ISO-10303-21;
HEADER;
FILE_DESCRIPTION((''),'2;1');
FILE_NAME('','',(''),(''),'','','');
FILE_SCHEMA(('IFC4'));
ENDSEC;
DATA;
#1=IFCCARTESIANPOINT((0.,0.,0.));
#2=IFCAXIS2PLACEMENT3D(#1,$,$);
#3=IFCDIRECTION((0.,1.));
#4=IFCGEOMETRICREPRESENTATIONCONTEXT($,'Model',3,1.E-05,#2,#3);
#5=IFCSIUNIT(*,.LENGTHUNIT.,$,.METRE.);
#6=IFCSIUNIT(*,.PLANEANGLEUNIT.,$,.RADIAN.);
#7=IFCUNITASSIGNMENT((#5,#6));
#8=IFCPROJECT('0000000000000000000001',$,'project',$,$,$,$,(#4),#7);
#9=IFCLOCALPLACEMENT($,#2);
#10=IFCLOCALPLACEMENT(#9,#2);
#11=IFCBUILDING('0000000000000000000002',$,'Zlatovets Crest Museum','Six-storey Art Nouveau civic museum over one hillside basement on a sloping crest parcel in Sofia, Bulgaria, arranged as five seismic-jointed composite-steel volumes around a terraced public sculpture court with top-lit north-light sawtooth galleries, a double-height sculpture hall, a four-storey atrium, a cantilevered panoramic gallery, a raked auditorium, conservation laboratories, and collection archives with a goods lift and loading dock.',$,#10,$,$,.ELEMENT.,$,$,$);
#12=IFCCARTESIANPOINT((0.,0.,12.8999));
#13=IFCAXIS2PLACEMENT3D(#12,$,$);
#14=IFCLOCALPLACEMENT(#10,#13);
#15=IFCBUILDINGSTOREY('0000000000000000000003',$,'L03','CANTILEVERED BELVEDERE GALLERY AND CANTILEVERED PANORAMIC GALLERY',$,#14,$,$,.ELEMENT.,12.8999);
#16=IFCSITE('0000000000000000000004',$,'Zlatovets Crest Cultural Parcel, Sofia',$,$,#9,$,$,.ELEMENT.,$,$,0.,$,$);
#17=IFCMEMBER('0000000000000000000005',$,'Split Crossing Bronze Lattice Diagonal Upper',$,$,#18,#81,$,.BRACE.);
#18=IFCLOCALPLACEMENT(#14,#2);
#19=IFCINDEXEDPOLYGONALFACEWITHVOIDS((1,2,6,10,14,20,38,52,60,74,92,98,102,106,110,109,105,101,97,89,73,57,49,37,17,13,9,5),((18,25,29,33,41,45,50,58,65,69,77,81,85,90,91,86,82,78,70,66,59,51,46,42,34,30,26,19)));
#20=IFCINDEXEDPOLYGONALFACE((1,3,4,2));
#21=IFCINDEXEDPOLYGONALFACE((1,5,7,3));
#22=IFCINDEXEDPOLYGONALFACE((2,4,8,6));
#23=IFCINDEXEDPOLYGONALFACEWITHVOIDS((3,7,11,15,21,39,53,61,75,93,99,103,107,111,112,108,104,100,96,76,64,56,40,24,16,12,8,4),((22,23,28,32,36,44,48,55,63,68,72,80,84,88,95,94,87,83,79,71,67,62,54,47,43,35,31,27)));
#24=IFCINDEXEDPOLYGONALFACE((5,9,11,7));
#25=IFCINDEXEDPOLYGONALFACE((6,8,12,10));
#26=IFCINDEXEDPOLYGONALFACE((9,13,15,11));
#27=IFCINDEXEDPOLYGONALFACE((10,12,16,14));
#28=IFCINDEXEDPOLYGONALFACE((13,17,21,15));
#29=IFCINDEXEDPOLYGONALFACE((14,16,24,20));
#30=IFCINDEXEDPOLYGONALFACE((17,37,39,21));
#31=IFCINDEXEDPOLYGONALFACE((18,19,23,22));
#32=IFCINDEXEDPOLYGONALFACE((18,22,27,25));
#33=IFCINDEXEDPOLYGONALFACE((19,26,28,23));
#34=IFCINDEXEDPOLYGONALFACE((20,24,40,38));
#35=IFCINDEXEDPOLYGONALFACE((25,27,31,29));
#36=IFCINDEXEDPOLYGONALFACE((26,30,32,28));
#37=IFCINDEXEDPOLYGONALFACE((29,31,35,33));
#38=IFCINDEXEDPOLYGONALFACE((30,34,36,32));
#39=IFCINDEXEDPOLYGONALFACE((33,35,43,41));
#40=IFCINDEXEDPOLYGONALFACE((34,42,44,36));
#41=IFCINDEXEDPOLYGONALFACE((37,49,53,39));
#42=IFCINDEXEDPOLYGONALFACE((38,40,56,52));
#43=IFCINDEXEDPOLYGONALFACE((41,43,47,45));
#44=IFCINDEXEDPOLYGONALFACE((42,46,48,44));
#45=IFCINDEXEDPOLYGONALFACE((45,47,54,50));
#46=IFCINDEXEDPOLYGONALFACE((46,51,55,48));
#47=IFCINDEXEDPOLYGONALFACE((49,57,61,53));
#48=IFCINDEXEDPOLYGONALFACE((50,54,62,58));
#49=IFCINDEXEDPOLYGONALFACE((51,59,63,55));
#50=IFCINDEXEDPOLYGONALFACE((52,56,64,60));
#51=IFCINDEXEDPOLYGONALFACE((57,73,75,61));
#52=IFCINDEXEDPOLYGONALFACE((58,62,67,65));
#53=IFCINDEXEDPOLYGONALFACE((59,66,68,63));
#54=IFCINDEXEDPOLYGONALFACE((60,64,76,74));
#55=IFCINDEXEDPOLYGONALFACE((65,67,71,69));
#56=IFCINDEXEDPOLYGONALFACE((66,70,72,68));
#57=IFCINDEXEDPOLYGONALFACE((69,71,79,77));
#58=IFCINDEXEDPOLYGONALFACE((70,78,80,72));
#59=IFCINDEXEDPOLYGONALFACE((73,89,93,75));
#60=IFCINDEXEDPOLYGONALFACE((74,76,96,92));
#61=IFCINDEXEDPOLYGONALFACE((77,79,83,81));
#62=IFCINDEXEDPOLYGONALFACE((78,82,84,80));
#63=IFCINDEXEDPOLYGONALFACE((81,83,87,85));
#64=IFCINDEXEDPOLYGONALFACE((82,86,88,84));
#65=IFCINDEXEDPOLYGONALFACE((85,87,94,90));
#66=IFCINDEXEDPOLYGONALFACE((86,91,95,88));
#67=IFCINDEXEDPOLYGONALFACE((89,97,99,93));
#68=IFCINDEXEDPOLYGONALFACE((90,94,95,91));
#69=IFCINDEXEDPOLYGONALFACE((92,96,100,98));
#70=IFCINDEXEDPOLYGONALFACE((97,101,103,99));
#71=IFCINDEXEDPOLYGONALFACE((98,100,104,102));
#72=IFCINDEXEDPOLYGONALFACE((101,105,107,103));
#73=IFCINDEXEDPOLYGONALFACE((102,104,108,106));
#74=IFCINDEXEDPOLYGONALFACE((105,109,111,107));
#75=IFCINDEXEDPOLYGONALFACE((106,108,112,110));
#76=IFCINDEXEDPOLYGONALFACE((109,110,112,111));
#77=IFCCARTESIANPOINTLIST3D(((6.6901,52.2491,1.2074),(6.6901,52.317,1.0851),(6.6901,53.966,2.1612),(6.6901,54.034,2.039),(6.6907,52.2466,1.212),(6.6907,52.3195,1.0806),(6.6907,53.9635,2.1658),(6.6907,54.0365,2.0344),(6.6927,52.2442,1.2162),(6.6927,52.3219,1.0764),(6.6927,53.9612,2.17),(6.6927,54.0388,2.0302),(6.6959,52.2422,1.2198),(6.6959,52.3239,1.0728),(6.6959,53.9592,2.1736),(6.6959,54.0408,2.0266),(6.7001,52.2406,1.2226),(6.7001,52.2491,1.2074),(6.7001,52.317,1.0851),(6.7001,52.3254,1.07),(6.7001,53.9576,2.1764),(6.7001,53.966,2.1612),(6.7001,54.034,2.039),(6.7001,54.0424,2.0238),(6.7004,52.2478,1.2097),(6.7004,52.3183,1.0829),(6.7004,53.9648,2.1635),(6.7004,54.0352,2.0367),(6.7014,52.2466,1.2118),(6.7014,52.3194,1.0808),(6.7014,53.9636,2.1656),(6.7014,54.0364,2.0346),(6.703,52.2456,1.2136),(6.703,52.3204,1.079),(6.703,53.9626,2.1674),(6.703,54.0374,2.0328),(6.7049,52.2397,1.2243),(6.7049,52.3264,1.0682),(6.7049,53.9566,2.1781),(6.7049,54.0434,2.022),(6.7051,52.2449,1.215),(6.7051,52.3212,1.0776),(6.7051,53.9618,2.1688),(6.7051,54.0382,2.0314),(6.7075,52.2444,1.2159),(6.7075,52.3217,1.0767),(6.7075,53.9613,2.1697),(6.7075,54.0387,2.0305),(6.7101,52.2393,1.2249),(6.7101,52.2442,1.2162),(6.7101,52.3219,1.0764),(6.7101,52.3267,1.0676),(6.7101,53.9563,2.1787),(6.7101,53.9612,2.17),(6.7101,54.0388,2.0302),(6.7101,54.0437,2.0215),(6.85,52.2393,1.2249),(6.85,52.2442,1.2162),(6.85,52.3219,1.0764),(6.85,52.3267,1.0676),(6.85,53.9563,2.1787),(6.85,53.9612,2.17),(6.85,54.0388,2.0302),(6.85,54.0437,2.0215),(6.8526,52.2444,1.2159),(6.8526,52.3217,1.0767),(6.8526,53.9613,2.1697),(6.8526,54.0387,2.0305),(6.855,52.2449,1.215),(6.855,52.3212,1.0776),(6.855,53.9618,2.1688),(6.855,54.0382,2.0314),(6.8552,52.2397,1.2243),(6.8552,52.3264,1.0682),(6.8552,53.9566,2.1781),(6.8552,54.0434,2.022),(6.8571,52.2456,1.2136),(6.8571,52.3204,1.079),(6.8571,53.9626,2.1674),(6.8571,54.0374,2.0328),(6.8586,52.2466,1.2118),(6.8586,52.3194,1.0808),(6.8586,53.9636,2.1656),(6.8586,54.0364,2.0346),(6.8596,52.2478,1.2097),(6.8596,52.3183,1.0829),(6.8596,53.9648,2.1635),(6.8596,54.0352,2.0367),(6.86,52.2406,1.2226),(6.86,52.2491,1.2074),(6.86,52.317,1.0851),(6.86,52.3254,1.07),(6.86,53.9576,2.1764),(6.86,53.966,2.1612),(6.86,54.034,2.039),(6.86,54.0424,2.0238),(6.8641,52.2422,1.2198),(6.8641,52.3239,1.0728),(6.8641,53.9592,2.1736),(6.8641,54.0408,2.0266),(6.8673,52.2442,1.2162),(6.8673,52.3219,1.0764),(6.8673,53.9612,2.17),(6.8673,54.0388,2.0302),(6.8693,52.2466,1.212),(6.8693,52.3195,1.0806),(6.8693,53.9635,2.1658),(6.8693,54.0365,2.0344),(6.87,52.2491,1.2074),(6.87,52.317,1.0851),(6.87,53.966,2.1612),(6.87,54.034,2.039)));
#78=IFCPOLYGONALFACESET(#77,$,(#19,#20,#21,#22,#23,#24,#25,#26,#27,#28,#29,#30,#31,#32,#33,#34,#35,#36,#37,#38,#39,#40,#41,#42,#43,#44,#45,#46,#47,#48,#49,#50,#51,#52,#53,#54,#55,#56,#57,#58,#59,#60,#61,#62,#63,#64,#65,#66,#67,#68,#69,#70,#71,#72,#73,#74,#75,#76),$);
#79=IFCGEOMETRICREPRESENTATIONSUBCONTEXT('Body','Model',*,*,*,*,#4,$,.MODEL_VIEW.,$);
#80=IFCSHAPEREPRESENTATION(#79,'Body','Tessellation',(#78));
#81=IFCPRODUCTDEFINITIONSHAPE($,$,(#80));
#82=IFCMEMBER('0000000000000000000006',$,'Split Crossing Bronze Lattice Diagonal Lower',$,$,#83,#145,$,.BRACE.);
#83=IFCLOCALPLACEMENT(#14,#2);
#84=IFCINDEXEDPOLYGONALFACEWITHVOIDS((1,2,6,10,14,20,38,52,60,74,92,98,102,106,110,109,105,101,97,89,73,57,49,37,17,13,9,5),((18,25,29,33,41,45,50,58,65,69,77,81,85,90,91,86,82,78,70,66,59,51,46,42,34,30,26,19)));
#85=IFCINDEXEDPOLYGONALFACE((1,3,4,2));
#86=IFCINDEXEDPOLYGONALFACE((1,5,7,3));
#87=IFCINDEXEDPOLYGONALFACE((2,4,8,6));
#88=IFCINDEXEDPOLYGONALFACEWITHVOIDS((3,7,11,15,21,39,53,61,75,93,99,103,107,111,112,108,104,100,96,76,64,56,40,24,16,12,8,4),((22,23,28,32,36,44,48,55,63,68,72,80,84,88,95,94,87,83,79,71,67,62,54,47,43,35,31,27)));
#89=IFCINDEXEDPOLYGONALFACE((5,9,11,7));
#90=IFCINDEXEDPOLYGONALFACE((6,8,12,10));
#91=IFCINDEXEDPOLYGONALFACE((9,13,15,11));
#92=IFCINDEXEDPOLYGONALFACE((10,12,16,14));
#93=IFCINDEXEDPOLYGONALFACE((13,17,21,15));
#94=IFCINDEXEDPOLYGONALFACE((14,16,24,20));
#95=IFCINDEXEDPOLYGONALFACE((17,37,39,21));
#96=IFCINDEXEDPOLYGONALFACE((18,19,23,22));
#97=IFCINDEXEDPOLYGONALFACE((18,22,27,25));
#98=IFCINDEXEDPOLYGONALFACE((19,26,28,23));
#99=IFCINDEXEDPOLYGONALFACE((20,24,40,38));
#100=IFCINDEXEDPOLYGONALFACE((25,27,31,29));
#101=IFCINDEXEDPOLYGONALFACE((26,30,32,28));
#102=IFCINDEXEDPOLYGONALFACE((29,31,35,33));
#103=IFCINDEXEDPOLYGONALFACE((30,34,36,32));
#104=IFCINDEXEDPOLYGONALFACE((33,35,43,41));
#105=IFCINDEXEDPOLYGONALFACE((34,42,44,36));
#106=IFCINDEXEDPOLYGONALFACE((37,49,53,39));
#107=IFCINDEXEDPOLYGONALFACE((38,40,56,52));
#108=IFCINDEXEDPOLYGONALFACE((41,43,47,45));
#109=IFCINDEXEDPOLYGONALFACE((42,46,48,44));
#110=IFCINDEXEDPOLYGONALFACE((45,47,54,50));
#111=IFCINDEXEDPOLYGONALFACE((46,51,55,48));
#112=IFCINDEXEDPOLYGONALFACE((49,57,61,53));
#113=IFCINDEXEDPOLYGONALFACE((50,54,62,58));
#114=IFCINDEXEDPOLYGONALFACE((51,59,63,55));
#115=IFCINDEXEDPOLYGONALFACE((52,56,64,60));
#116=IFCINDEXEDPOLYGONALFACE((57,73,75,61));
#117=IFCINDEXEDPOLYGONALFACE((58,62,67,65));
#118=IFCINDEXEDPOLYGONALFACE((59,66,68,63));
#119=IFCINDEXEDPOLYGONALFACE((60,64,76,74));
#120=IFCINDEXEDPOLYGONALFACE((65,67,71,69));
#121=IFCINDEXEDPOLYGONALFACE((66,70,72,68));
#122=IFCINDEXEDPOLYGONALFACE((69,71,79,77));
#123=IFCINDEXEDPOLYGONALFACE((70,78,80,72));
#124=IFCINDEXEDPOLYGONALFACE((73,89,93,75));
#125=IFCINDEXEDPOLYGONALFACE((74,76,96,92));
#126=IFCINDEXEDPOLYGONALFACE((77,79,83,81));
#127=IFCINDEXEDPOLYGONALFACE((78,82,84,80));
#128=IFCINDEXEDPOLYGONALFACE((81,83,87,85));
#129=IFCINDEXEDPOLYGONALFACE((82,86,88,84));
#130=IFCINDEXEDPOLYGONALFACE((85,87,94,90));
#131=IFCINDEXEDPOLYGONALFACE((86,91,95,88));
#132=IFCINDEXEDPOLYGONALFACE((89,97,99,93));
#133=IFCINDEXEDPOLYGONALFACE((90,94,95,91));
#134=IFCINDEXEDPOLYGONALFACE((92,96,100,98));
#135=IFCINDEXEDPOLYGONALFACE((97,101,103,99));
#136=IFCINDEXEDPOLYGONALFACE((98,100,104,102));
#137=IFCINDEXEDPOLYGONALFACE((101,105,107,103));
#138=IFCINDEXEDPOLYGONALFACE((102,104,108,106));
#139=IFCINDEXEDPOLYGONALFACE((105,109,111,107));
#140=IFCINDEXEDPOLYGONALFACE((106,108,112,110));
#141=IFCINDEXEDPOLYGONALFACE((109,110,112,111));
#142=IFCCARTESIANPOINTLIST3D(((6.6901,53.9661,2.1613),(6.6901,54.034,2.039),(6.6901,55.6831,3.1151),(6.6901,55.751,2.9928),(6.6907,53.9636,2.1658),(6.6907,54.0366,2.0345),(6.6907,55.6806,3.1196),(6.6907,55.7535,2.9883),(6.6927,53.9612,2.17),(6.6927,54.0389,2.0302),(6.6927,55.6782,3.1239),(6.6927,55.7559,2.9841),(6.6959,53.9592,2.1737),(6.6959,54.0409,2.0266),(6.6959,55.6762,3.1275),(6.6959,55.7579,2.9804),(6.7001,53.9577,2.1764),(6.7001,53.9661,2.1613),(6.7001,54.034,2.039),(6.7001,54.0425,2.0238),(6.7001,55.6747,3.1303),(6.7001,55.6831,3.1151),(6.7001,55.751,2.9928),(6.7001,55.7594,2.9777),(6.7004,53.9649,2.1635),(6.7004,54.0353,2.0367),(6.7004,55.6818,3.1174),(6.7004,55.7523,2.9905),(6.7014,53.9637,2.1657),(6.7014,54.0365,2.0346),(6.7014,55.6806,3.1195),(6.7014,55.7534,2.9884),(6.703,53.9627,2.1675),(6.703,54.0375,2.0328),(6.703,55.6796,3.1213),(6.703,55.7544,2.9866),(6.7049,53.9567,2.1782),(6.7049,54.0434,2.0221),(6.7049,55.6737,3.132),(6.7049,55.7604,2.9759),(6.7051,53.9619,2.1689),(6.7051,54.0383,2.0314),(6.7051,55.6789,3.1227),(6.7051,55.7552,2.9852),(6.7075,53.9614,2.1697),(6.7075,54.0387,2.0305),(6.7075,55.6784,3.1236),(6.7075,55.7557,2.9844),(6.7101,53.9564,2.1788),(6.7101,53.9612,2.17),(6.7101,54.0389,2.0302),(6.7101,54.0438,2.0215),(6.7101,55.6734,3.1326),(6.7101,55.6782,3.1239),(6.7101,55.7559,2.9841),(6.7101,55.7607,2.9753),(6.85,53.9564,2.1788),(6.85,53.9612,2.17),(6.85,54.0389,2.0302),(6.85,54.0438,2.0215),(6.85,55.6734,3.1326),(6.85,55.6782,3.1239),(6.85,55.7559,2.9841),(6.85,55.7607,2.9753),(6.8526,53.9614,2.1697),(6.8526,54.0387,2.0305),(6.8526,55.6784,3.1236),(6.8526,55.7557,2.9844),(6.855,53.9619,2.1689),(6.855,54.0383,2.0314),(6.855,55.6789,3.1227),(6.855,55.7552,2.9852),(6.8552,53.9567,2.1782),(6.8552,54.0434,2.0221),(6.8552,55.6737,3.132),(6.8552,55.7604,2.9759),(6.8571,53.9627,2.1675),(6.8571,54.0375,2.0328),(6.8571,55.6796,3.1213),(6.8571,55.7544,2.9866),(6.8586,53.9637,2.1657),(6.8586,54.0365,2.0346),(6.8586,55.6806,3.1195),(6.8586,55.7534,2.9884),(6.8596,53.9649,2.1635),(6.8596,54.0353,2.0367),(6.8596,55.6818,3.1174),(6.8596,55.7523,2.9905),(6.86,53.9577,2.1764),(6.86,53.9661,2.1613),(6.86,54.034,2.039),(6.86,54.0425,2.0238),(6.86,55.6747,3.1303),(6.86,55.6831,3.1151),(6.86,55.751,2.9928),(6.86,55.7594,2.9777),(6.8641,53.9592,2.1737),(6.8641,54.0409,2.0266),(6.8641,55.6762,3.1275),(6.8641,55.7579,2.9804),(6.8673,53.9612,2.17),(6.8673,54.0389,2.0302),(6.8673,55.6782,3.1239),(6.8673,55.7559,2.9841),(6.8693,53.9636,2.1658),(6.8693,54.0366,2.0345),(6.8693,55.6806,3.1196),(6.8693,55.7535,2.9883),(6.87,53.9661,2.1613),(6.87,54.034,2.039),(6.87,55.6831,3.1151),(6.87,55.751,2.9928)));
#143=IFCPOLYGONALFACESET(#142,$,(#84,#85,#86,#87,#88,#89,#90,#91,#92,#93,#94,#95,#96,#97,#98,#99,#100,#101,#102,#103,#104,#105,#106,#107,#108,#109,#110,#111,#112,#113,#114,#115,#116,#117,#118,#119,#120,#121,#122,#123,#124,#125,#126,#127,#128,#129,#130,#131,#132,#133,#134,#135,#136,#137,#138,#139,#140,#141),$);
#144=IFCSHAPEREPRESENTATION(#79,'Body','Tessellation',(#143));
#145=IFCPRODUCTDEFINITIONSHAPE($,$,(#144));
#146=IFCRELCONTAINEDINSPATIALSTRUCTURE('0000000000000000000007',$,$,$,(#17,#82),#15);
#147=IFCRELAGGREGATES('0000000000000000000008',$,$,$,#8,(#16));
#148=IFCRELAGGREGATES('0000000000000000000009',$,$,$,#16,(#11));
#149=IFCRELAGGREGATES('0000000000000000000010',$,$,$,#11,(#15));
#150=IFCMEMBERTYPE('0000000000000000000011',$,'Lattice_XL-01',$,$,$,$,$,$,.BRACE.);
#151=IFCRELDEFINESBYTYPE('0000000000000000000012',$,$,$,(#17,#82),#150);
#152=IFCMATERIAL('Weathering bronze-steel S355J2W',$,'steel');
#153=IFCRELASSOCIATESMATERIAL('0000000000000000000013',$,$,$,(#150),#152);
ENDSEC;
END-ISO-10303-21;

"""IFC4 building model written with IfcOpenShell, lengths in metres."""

from ifc_helpers import new_model, si_unit, direction, frame, origin, origin_2d, place, context, subcontext, project, spatial, hollow_rectangle, extrude, material, material_profile, profile_set, type_object, element, save


model = new_model("IFC4")

# Units and contexts
model_context = context("Model", 3, precision=1e-05, world=origin(), true_north=direction((0.0, 1.0)))
body_context = subcontext(model_context, "Body", "Model", "MODEL_VIEW")
ifc_project = project(units=[si_unit("LENGTHUNIT", "METRE"), si_unit("PLANEANGLEUNIT", "RADIAN")], contexts=[model_context])

# Site, building, storey
site_placement = place(None, origin())
site = spatial("IfcSite", under=ifc_project, at=site_placement, Name="Zlatovets Crest Cultural Parcel, Sofia", CompositionType="ELEMENT", RefElevation=0.0)
building_placement = place(site_placement, origin())
building = spatial("IfcBuilding", under=site, at=building_placement, Name="Zlatovets Crest Museum", Description="Six-storey Art Nouveau civic museum over one hillside basement on a sloping crest parcel in Sofia, Bulgaria, arranged as five seismic-jointed composite-steel volumes around a terraced public sculpture court with top-lit north-light sawtooth galleries, a double-height sculpture hall, a four-storey atrium, a cantilevered panoramic gallery, a raked auditorium, conservation laboratories, and collection archives with a goods lift and loading dock.", CompositionType="ELEMENT")
storey_placement = place(building_placement, frame((0.0, 0.0, 12.8999)))
storey = spatial("IfcBuildingStorey", under=building, at=storey_placement, Name="L03", Description="CANTILEVERED BELVEDERE GALLERY AND CANTILEVERED PANORAMIC GALLERY", CompositionType="ELEMENT", Elevation=12.8999)

# Members
ifc_material_1 = material(Name="Weathering bronze-steel S355J2W", Category="steel")
ifc_material_profile_1 = material_profile(ifc_material_1, hollow_rectangle(XDim=0.1799, YDim=0.1799, WallThickness=0.01, InnerFilletRadius=0.01, OuterFilletRadius=0.02, at=origin_2d()), Name="SHS 180x180x10.0")
ifc_profile_set_1 = profile_set([ifc_material_profile_1], Name="Weathering bronze-steel S355J2W")
member_type = type_object("IfcMemberType", Name="Lattice_XL-01", PredefinedType="BRACE", material=ifc_profile_set_1)
for number, where, z_axis, x_axis, name in (
    (1, (6.78, 54.0, 2.1001), (0.0, -0.874169, -0.485622), (1.0, 0.0, 0.0), "Split Crossing Bronze Lattice Diagonal Upper"),
    (2, (6.78, 55.717, 3.054), (0.0, -0.874169, -0.485622), (1.0, 0.0, 0.0), "Split Crossing Bronze Lattice Diagonal Lower"),
):
    element("IfcMember", number, at=place(storey_placement, frame(where, z_axis=z_axis, x_axis=x_axis)), inside=storey, type_object=member_type, Name=name, PredefinedType="BRACE", context=body_context, shape_type="SweptSolid", body=[
        extrude(hollow_rectangle(XDim=0.1799, YDim=0.1799, WallThickness=0.01, InnerFilletRadius=0.01, OuterFilletRadius=0.02, at=origin_2d()), origin(), (0.0, 0.0, 1.0), 1.9641),
    ])

save(model, "model.ifc")
